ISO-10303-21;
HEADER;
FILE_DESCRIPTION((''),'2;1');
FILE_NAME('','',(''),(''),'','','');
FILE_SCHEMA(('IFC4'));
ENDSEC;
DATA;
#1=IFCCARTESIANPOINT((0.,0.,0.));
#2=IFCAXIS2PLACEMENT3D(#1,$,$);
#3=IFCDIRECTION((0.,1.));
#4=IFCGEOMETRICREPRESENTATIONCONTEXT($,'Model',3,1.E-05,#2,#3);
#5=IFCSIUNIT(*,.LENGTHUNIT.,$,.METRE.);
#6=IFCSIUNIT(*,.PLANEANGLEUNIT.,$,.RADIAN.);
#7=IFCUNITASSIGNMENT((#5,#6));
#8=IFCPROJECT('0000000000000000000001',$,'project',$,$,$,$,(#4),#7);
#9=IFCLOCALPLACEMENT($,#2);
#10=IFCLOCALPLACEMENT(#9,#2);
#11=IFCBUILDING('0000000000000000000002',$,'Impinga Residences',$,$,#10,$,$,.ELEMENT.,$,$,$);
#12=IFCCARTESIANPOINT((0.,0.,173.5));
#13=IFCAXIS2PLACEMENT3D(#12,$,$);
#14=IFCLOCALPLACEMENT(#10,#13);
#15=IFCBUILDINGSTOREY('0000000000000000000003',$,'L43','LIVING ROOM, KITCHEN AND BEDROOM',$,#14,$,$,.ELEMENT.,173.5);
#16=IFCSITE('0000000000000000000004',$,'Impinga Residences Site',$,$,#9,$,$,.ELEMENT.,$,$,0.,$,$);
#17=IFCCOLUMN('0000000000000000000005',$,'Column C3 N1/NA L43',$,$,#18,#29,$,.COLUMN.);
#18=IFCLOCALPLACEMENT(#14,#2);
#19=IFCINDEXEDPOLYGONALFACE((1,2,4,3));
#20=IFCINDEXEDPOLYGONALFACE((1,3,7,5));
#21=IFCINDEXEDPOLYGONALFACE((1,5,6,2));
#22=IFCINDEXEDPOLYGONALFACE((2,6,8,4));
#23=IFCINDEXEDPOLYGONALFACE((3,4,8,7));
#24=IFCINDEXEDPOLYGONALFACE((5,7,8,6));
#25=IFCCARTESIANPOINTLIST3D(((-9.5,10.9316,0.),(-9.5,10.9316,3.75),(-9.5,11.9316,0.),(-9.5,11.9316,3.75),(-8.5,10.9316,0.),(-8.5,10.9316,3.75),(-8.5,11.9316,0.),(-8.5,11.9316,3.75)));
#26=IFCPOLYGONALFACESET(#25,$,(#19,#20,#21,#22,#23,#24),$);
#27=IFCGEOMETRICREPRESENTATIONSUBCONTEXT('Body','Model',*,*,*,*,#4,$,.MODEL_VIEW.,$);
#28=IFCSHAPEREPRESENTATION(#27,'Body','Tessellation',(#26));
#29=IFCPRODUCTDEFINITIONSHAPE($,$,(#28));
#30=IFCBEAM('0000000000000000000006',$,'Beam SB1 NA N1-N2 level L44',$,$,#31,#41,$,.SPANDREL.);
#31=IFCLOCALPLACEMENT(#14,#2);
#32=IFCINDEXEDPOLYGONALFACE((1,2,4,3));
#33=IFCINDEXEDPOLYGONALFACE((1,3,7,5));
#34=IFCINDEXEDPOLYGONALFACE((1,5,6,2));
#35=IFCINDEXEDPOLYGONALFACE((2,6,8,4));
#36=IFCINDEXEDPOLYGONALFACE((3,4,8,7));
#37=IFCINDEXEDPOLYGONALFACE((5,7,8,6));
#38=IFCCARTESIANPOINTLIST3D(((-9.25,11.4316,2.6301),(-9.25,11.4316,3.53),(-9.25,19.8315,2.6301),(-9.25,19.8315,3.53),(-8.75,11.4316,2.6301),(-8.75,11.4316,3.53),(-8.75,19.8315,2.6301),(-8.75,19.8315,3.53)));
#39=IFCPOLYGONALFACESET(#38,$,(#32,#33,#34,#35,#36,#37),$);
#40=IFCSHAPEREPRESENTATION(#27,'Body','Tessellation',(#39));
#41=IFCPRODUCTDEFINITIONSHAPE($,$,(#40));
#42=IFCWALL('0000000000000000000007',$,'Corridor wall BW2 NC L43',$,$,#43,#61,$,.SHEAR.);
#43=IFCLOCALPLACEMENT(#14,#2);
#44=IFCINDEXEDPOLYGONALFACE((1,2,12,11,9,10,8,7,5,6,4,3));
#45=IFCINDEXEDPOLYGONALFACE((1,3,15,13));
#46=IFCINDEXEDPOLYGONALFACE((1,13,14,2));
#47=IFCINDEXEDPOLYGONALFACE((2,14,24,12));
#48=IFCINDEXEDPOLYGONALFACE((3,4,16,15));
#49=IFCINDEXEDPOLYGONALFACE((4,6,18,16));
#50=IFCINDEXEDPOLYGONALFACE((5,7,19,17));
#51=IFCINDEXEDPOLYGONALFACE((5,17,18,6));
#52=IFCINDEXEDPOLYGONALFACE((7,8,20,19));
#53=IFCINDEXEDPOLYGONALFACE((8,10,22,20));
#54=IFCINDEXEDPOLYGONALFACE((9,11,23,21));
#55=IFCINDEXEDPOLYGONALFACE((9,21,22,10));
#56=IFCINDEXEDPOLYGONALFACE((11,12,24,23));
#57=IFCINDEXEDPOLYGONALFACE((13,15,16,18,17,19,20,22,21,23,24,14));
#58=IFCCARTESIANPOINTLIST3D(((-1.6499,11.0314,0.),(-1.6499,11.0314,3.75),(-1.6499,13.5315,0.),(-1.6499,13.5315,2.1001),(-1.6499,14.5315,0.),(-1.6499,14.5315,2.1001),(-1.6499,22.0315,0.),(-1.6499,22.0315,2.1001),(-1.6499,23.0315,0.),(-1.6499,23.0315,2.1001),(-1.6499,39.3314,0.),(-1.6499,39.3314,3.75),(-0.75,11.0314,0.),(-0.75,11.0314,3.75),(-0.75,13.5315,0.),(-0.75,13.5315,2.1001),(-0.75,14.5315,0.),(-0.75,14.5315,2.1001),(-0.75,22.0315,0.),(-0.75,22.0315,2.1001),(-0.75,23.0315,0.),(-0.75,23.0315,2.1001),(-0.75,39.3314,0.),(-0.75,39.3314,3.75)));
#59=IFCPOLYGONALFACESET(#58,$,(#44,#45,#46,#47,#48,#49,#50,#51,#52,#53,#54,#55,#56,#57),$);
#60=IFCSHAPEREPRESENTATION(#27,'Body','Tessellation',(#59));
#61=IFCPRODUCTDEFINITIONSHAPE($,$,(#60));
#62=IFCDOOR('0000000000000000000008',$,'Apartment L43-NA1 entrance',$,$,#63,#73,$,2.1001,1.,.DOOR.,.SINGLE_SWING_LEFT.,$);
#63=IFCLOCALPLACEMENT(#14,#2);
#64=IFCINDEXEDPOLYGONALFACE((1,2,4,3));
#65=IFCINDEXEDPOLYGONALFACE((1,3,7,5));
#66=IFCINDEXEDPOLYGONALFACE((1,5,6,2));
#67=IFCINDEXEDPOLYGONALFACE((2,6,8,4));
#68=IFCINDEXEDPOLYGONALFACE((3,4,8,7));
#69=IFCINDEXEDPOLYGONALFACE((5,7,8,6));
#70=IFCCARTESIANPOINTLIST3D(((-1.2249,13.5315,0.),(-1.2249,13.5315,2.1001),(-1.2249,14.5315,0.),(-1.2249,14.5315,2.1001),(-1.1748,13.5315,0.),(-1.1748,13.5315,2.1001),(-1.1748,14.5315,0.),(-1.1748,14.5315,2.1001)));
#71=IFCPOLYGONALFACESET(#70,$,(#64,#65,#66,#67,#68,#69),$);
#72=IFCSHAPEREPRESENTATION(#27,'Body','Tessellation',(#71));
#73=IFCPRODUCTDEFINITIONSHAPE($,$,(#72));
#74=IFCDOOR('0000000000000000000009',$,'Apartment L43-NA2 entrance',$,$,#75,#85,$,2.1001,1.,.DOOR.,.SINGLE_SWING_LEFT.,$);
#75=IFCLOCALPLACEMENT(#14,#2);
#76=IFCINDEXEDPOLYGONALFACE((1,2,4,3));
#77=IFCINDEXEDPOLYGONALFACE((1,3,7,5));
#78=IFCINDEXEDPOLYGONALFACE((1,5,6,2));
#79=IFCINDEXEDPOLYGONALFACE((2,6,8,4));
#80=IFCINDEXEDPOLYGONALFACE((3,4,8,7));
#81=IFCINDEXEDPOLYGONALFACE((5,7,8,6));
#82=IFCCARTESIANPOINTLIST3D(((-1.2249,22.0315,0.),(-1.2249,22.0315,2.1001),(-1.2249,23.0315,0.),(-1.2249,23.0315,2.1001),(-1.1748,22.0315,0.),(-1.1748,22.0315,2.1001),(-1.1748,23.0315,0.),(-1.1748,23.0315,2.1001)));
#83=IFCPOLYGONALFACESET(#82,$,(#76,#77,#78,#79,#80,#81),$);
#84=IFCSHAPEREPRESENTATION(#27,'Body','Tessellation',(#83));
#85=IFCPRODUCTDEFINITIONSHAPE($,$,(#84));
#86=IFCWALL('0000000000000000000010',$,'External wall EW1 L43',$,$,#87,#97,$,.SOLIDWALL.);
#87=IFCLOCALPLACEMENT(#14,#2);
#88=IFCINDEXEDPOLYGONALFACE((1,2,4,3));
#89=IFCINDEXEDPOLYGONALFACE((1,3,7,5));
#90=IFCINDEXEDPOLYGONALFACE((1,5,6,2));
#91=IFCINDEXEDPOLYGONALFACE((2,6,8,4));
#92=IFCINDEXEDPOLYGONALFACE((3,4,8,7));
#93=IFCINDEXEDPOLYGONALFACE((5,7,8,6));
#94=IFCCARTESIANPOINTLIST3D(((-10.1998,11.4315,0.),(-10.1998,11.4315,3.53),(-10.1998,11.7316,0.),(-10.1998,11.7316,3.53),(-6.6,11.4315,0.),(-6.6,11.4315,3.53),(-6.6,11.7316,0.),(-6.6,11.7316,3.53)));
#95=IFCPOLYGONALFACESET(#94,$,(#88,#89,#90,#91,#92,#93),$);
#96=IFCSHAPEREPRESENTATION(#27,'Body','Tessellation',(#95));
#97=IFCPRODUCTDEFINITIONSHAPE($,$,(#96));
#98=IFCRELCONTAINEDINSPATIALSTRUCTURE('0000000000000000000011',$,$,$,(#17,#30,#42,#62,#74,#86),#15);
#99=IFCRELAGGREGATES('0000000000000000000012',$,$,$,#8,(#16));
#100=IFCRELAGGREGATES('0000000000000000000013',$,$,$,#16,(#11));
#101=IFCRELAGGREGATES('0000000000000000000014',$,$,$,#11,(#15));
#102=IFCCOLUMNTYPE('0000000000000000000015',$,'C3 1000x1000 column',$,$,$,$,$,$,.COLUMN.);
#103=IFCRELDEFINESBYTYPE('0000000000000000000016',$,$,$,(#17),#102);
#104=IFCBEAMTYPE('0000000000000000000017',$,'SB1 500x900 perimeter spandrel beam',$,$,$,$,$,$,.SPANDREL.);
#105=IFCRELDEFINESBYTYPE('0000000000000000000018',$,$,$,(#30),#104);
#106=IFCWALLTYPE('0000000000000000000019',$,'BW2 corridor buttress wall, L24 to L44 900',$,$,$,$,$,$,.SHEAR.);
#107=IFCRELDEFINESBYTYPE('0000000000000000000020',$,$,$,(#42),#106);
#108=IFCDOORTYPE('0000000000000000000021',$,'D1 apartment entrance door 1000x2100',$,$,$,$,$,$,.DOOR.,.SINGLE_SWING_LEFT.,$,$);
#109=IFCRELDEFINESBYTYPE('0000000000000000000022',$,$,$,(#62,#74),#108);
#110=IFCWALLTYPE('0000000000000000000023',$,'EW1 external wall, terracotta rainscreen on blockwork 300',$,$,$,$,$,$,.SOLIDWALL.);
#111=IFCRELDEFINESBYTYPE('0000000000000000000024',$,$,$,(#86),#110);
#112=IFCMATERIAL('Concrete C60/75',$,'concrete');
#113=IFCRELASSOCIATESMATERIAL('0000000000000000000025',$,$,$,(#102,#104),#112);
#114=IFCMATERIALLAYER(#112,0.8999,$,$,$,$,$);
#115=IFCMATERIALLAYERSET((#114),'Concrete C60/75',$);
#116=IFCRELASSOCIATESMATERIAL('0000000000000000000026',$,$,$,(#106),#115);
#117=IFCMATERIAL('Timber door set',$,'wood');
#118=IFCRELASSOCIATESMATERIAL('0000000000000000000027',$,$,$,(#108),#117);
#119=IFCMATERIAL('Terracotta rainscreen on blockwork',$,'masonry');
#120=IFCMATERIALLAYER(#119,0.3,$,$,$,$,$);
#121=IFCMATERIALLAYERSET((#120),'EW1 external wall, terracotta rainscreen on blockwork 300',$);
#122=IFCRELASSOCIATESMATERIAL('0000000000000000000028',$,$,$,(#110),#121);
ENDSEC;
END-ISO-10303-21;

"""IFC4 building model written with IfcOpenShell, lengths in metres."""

from ifc_helpers import new_model, si_unit, direction, frame, frame_2d, origin, origin_2d, place, context, subcontext, project, spatial, rectangle, extrude, material, layer, layer_set, material_profile, profile_set, type_object, element, fill, save


model = new_model("IFC4")

# Units and contexts
model_context = context("Model", 3, precision=1e-05, world=origin(), true_north=direction((0.0, 1.0)))
body_context = subcontext(model_context, "Body", "Model", "MODEL_VIEW")
ifc_project = project(units=[si_unit("LENGTHUNIT", "METRE"), si_unit("PLANEANGLEUNIT", "RADIAN")], contexts=[model_context])

# Site, building, storey
site_placement = place(None, origin())
site = spatial("IfcSite", under=ifc_project, at=site_placement, Name="Impinga Residences Site", CompositionType="ELEMENT", RefElevation=0.0)
building_placement = place(site_placement, origin())
building = spatial("IfcBuilding", under=site, at=building_placement, Name="Impinga Residences", CompositionType="ELEMENT")
storey_placement = place(building_placement, frame((0.0, 0.0, 173.5)))
storey = spatial("IfcBuildingStorey", under=building, at=storey_placement, Name="L43", Description="LIVING ROOM, KITCHEN AND BEDROOM", CompositionType="ELEMENT", Elevation=173.5)

# Column
ifc_material_1 = material(Name="Concrete C60/75", Category="concrete")
ifc_material_profile_1 = material_profile(ifc_material_1, rectangle(XDim=1.0, YDim=1.0, at=origin_2d()), Name="RC 1000x1000")
ifc_profile_set_1 = profile_set([ifc_material_profile_1], Name="Concrete C60/75")
column_type = type_object("IfcColumnType", Name="C3 1000x1000 column", PredefinedType="COLUMN", material=ifc_profile_set_1)
column_placement = place(storey_placement, frame((-9.0, 11.4316, 0.0), z_axis=(0.0, 0.0, 1.0), x_axis=(1.0, 0.0, 0.0)))
element("IfcColumn", 1, at=column_placement, inside=storey, type_object=column_type, Name="Column C3 N1/NA L43", PredefinedType="COLUMN", context=body_context, shape_type="SweptSolid", body=[
    extrude(rectangle(XDim=1.0, YDim=1.0, at=origin_2d()), origin(), (0.0, 0.0, 1.0), 3.75),
])

# Beam
ifc_material_profile_2 = material_profile(ifc_material_1, rectangle(XDim=0.5, YDim=0.8999, at=origin_2d()), Name="RC 500x900")
ifc_profile_set_2 = profile_set([ifc_material_profile_2], Name="Concrete C60/75")
beam_type = type_object("IfcBeamType", Name="SB1 500x900 perimeter spandrel beam", PredefinedType="SPANDREL", material=ifc_profile_set_2)
beam_placement = place(storey_placement, frame((-9.0, 11.4316, 3.0801), z_axis=(0.0, 1.0, 0.0), x_axis=(-1.0, 0.0, 0.0)))
element("IfcBeam", 2, at=beam_placement, inside=storey, type_object=beam_type, Name="Beam SB1 NA N1-N2 level L44", PredefinedType="SPANDREL", context=body_context, shape_type="SweptSolid", body=[
    extrude(rectangle(XDim=0.5, YDim=0.8999, at=origin_2d()), origin(), (0.0, 0.0, 1.0), 8.3999),
])

# Wall, openings, doors
ifc_layer_1 = layer(ifc_material_1, 0.8999)
ifc_layer_set_1 = layer_set([ifc_layer_1], Name="Concrete C60/75")
wall_type_1 = type_object("IfcWallType", Name="BW2 corridor buttress wall, L24 to L44 900", PredefinedType="SHEAR", material=ifc_layer_set_1)
wall_1_placement = place(storey_placement, frame((-1.2, 11.0315, 0.0), z_axis=(0.0, 0.0, 1.0), x_axis=(0.0, 1.0, 0.0)))
wall_1 = element("IfcWall", 3, at=wall_1_placement, inside=storey, type_object=wall_type_1, Name="Corridor wall BW2 NC L43", PredefinedType="SHEAR", context=body_context, shape_type="SweptSolid", body=[
    extrude(rectangle(XDim=28.3, YDim=0.8999, at=frame_2d((14.1499, 0.0))), origin(), (0.0, 0.0, 1.0), 3.75),
])
opening_1_placement = place(wall_1_placement, frame((2.5, 0.0, 0.0)))
opening_1 = element("IfcOpeningElement", 4, at=opening_1_placement, cuts=wall_1, PredefinedType="OPENING", context=body_context, shape_type="SweptSolid", body=[
    extrude(rectangle(XDim=1.0, YDim=2.1001, at=frame_2d((0.5, 1.05))), frame((0.0, 0.46, 0.0), z_axis=(0.0, -1.0, 0.0), x_axis=(1.0, 0.0, 0.0)), (0.0, 0.0, 1.0), 0.9199),
])
opening_2_placement = place(wall_1_placement, frame((11.0, 0.0, 0.0)))
opening_2 = element("IfcOpeningElement", 5, at=opening_2_placement, cuts=wall_1, PredefinedType="OPENING", context=body_context, shape_type="SweptSolid", body=[
    extrude(rectangle(XDim=1.0, YDim=2.1001, at=frame_2d((0.5, 1.05))), frame((0.0, 0.46, 0.0), z_axis=(0.0, -1.0, 0.0), x_axis=(1.0, 0.0, 0.0)), (0.0, 0.0, 1.0), 0.9199),
])
ifc_material_2 = material(Name="Timber door set", Category="wood")
door_type_1 = type_object("IfcDoorType", Name="D1 apartment entrance door 1000x2100", OperationType="SINGLE_SWING_LEFT", PredefinedType="DOOR", material=ifc_material_2)
door_1_placement = place(opening_1_placement, origin())
door_1 = element("IfcDoor", 6, at=door_1_placement, inside=storey, type_object=door_type_1, Name="Apartment L43-NA1 entrance", OperationType="SINGLE_SWING_LEFT", OverallHeight=2.1001, OverallWidth=1.0, PredefinedType="DOOR", context=body_context, shape_type="SweptSolid", body=[
    extrude(rectangle(XDim=1.0, YDim=2.1001, at=frame_2d((0.5, 1.05))), frame((0.0, 0.0249, 0.0), z_axis=(0.0, -1.0, 0.0), x_axis=(1.0, 0.0, 0.0)), (0.0, 0.0, 1.0), 0.05),
])
fill(opening_1, door_1)
door_2_placement = place(opening_2_placement, origin())
door_2 = element("IfcDoor", 7, at=door_2_placement, inside=storey, type_object=door_type_1, Name="Apartment L43-NA2 entrance", OperationType="SINGLE_SWING_LEFT", OverallHeight=2.1001, OverallWidth=1.0, PredefinedType="DOOR", context=body_context, shape_type="SweptSolid", body=[
    extrude(rectangle(XDim=1.0, YDim=2.1001, at=frame_2d((0.5, 1.05))), frame((0.0, 0.0249, 0.0), z_axis=(0.0, -1.0, 0.0), x_axis=(1.0, 0.0, 0.0)), (0.0, 0.0, 1.0), 0.05),
])
fill(opening_2, door_2)

# Wall
ifc_material_3 = material(Name="Terracotta rainscreen on blockwork", Category="masonry")
ifc_layer_2 = layer(ifc_material_3, 0.3)
ifc_layer_set_2 = layer_set([ifc_layer_2], Name="EW1 external wall, terracotta rainscreen on blockwork 300")
wall_type_2 = type_object("IfcWallType", Name="EW1 external wall, terracotta rainscreen on blockwork 300", PredefinedType="SOLIDWALL", material=ifc_layer_set_2)
wall_2_placement = place(storey_placement, frame((-6.6001, 11.5815, 0.0), z_axis=(0.0, 0.0, 1.0), x_axis=(-1.0, 0.0, 0.0)))
element("IfcWall", 8, at=wall_2_placement, inside=storey, type_object=wall_type_2, Name="External wall EW1 L43", PredefinedType="SOLIDWALL", context=body_context, shape_type="SweptSolid", body=[
    extrude(rectangle(XDim=3.5999, YDim=0.3, at=frame_2d((1.7998, 0.0))), origin(), (0.0, 0.0, 1.0), 3.53),
])

save(model, "model.ifc")
